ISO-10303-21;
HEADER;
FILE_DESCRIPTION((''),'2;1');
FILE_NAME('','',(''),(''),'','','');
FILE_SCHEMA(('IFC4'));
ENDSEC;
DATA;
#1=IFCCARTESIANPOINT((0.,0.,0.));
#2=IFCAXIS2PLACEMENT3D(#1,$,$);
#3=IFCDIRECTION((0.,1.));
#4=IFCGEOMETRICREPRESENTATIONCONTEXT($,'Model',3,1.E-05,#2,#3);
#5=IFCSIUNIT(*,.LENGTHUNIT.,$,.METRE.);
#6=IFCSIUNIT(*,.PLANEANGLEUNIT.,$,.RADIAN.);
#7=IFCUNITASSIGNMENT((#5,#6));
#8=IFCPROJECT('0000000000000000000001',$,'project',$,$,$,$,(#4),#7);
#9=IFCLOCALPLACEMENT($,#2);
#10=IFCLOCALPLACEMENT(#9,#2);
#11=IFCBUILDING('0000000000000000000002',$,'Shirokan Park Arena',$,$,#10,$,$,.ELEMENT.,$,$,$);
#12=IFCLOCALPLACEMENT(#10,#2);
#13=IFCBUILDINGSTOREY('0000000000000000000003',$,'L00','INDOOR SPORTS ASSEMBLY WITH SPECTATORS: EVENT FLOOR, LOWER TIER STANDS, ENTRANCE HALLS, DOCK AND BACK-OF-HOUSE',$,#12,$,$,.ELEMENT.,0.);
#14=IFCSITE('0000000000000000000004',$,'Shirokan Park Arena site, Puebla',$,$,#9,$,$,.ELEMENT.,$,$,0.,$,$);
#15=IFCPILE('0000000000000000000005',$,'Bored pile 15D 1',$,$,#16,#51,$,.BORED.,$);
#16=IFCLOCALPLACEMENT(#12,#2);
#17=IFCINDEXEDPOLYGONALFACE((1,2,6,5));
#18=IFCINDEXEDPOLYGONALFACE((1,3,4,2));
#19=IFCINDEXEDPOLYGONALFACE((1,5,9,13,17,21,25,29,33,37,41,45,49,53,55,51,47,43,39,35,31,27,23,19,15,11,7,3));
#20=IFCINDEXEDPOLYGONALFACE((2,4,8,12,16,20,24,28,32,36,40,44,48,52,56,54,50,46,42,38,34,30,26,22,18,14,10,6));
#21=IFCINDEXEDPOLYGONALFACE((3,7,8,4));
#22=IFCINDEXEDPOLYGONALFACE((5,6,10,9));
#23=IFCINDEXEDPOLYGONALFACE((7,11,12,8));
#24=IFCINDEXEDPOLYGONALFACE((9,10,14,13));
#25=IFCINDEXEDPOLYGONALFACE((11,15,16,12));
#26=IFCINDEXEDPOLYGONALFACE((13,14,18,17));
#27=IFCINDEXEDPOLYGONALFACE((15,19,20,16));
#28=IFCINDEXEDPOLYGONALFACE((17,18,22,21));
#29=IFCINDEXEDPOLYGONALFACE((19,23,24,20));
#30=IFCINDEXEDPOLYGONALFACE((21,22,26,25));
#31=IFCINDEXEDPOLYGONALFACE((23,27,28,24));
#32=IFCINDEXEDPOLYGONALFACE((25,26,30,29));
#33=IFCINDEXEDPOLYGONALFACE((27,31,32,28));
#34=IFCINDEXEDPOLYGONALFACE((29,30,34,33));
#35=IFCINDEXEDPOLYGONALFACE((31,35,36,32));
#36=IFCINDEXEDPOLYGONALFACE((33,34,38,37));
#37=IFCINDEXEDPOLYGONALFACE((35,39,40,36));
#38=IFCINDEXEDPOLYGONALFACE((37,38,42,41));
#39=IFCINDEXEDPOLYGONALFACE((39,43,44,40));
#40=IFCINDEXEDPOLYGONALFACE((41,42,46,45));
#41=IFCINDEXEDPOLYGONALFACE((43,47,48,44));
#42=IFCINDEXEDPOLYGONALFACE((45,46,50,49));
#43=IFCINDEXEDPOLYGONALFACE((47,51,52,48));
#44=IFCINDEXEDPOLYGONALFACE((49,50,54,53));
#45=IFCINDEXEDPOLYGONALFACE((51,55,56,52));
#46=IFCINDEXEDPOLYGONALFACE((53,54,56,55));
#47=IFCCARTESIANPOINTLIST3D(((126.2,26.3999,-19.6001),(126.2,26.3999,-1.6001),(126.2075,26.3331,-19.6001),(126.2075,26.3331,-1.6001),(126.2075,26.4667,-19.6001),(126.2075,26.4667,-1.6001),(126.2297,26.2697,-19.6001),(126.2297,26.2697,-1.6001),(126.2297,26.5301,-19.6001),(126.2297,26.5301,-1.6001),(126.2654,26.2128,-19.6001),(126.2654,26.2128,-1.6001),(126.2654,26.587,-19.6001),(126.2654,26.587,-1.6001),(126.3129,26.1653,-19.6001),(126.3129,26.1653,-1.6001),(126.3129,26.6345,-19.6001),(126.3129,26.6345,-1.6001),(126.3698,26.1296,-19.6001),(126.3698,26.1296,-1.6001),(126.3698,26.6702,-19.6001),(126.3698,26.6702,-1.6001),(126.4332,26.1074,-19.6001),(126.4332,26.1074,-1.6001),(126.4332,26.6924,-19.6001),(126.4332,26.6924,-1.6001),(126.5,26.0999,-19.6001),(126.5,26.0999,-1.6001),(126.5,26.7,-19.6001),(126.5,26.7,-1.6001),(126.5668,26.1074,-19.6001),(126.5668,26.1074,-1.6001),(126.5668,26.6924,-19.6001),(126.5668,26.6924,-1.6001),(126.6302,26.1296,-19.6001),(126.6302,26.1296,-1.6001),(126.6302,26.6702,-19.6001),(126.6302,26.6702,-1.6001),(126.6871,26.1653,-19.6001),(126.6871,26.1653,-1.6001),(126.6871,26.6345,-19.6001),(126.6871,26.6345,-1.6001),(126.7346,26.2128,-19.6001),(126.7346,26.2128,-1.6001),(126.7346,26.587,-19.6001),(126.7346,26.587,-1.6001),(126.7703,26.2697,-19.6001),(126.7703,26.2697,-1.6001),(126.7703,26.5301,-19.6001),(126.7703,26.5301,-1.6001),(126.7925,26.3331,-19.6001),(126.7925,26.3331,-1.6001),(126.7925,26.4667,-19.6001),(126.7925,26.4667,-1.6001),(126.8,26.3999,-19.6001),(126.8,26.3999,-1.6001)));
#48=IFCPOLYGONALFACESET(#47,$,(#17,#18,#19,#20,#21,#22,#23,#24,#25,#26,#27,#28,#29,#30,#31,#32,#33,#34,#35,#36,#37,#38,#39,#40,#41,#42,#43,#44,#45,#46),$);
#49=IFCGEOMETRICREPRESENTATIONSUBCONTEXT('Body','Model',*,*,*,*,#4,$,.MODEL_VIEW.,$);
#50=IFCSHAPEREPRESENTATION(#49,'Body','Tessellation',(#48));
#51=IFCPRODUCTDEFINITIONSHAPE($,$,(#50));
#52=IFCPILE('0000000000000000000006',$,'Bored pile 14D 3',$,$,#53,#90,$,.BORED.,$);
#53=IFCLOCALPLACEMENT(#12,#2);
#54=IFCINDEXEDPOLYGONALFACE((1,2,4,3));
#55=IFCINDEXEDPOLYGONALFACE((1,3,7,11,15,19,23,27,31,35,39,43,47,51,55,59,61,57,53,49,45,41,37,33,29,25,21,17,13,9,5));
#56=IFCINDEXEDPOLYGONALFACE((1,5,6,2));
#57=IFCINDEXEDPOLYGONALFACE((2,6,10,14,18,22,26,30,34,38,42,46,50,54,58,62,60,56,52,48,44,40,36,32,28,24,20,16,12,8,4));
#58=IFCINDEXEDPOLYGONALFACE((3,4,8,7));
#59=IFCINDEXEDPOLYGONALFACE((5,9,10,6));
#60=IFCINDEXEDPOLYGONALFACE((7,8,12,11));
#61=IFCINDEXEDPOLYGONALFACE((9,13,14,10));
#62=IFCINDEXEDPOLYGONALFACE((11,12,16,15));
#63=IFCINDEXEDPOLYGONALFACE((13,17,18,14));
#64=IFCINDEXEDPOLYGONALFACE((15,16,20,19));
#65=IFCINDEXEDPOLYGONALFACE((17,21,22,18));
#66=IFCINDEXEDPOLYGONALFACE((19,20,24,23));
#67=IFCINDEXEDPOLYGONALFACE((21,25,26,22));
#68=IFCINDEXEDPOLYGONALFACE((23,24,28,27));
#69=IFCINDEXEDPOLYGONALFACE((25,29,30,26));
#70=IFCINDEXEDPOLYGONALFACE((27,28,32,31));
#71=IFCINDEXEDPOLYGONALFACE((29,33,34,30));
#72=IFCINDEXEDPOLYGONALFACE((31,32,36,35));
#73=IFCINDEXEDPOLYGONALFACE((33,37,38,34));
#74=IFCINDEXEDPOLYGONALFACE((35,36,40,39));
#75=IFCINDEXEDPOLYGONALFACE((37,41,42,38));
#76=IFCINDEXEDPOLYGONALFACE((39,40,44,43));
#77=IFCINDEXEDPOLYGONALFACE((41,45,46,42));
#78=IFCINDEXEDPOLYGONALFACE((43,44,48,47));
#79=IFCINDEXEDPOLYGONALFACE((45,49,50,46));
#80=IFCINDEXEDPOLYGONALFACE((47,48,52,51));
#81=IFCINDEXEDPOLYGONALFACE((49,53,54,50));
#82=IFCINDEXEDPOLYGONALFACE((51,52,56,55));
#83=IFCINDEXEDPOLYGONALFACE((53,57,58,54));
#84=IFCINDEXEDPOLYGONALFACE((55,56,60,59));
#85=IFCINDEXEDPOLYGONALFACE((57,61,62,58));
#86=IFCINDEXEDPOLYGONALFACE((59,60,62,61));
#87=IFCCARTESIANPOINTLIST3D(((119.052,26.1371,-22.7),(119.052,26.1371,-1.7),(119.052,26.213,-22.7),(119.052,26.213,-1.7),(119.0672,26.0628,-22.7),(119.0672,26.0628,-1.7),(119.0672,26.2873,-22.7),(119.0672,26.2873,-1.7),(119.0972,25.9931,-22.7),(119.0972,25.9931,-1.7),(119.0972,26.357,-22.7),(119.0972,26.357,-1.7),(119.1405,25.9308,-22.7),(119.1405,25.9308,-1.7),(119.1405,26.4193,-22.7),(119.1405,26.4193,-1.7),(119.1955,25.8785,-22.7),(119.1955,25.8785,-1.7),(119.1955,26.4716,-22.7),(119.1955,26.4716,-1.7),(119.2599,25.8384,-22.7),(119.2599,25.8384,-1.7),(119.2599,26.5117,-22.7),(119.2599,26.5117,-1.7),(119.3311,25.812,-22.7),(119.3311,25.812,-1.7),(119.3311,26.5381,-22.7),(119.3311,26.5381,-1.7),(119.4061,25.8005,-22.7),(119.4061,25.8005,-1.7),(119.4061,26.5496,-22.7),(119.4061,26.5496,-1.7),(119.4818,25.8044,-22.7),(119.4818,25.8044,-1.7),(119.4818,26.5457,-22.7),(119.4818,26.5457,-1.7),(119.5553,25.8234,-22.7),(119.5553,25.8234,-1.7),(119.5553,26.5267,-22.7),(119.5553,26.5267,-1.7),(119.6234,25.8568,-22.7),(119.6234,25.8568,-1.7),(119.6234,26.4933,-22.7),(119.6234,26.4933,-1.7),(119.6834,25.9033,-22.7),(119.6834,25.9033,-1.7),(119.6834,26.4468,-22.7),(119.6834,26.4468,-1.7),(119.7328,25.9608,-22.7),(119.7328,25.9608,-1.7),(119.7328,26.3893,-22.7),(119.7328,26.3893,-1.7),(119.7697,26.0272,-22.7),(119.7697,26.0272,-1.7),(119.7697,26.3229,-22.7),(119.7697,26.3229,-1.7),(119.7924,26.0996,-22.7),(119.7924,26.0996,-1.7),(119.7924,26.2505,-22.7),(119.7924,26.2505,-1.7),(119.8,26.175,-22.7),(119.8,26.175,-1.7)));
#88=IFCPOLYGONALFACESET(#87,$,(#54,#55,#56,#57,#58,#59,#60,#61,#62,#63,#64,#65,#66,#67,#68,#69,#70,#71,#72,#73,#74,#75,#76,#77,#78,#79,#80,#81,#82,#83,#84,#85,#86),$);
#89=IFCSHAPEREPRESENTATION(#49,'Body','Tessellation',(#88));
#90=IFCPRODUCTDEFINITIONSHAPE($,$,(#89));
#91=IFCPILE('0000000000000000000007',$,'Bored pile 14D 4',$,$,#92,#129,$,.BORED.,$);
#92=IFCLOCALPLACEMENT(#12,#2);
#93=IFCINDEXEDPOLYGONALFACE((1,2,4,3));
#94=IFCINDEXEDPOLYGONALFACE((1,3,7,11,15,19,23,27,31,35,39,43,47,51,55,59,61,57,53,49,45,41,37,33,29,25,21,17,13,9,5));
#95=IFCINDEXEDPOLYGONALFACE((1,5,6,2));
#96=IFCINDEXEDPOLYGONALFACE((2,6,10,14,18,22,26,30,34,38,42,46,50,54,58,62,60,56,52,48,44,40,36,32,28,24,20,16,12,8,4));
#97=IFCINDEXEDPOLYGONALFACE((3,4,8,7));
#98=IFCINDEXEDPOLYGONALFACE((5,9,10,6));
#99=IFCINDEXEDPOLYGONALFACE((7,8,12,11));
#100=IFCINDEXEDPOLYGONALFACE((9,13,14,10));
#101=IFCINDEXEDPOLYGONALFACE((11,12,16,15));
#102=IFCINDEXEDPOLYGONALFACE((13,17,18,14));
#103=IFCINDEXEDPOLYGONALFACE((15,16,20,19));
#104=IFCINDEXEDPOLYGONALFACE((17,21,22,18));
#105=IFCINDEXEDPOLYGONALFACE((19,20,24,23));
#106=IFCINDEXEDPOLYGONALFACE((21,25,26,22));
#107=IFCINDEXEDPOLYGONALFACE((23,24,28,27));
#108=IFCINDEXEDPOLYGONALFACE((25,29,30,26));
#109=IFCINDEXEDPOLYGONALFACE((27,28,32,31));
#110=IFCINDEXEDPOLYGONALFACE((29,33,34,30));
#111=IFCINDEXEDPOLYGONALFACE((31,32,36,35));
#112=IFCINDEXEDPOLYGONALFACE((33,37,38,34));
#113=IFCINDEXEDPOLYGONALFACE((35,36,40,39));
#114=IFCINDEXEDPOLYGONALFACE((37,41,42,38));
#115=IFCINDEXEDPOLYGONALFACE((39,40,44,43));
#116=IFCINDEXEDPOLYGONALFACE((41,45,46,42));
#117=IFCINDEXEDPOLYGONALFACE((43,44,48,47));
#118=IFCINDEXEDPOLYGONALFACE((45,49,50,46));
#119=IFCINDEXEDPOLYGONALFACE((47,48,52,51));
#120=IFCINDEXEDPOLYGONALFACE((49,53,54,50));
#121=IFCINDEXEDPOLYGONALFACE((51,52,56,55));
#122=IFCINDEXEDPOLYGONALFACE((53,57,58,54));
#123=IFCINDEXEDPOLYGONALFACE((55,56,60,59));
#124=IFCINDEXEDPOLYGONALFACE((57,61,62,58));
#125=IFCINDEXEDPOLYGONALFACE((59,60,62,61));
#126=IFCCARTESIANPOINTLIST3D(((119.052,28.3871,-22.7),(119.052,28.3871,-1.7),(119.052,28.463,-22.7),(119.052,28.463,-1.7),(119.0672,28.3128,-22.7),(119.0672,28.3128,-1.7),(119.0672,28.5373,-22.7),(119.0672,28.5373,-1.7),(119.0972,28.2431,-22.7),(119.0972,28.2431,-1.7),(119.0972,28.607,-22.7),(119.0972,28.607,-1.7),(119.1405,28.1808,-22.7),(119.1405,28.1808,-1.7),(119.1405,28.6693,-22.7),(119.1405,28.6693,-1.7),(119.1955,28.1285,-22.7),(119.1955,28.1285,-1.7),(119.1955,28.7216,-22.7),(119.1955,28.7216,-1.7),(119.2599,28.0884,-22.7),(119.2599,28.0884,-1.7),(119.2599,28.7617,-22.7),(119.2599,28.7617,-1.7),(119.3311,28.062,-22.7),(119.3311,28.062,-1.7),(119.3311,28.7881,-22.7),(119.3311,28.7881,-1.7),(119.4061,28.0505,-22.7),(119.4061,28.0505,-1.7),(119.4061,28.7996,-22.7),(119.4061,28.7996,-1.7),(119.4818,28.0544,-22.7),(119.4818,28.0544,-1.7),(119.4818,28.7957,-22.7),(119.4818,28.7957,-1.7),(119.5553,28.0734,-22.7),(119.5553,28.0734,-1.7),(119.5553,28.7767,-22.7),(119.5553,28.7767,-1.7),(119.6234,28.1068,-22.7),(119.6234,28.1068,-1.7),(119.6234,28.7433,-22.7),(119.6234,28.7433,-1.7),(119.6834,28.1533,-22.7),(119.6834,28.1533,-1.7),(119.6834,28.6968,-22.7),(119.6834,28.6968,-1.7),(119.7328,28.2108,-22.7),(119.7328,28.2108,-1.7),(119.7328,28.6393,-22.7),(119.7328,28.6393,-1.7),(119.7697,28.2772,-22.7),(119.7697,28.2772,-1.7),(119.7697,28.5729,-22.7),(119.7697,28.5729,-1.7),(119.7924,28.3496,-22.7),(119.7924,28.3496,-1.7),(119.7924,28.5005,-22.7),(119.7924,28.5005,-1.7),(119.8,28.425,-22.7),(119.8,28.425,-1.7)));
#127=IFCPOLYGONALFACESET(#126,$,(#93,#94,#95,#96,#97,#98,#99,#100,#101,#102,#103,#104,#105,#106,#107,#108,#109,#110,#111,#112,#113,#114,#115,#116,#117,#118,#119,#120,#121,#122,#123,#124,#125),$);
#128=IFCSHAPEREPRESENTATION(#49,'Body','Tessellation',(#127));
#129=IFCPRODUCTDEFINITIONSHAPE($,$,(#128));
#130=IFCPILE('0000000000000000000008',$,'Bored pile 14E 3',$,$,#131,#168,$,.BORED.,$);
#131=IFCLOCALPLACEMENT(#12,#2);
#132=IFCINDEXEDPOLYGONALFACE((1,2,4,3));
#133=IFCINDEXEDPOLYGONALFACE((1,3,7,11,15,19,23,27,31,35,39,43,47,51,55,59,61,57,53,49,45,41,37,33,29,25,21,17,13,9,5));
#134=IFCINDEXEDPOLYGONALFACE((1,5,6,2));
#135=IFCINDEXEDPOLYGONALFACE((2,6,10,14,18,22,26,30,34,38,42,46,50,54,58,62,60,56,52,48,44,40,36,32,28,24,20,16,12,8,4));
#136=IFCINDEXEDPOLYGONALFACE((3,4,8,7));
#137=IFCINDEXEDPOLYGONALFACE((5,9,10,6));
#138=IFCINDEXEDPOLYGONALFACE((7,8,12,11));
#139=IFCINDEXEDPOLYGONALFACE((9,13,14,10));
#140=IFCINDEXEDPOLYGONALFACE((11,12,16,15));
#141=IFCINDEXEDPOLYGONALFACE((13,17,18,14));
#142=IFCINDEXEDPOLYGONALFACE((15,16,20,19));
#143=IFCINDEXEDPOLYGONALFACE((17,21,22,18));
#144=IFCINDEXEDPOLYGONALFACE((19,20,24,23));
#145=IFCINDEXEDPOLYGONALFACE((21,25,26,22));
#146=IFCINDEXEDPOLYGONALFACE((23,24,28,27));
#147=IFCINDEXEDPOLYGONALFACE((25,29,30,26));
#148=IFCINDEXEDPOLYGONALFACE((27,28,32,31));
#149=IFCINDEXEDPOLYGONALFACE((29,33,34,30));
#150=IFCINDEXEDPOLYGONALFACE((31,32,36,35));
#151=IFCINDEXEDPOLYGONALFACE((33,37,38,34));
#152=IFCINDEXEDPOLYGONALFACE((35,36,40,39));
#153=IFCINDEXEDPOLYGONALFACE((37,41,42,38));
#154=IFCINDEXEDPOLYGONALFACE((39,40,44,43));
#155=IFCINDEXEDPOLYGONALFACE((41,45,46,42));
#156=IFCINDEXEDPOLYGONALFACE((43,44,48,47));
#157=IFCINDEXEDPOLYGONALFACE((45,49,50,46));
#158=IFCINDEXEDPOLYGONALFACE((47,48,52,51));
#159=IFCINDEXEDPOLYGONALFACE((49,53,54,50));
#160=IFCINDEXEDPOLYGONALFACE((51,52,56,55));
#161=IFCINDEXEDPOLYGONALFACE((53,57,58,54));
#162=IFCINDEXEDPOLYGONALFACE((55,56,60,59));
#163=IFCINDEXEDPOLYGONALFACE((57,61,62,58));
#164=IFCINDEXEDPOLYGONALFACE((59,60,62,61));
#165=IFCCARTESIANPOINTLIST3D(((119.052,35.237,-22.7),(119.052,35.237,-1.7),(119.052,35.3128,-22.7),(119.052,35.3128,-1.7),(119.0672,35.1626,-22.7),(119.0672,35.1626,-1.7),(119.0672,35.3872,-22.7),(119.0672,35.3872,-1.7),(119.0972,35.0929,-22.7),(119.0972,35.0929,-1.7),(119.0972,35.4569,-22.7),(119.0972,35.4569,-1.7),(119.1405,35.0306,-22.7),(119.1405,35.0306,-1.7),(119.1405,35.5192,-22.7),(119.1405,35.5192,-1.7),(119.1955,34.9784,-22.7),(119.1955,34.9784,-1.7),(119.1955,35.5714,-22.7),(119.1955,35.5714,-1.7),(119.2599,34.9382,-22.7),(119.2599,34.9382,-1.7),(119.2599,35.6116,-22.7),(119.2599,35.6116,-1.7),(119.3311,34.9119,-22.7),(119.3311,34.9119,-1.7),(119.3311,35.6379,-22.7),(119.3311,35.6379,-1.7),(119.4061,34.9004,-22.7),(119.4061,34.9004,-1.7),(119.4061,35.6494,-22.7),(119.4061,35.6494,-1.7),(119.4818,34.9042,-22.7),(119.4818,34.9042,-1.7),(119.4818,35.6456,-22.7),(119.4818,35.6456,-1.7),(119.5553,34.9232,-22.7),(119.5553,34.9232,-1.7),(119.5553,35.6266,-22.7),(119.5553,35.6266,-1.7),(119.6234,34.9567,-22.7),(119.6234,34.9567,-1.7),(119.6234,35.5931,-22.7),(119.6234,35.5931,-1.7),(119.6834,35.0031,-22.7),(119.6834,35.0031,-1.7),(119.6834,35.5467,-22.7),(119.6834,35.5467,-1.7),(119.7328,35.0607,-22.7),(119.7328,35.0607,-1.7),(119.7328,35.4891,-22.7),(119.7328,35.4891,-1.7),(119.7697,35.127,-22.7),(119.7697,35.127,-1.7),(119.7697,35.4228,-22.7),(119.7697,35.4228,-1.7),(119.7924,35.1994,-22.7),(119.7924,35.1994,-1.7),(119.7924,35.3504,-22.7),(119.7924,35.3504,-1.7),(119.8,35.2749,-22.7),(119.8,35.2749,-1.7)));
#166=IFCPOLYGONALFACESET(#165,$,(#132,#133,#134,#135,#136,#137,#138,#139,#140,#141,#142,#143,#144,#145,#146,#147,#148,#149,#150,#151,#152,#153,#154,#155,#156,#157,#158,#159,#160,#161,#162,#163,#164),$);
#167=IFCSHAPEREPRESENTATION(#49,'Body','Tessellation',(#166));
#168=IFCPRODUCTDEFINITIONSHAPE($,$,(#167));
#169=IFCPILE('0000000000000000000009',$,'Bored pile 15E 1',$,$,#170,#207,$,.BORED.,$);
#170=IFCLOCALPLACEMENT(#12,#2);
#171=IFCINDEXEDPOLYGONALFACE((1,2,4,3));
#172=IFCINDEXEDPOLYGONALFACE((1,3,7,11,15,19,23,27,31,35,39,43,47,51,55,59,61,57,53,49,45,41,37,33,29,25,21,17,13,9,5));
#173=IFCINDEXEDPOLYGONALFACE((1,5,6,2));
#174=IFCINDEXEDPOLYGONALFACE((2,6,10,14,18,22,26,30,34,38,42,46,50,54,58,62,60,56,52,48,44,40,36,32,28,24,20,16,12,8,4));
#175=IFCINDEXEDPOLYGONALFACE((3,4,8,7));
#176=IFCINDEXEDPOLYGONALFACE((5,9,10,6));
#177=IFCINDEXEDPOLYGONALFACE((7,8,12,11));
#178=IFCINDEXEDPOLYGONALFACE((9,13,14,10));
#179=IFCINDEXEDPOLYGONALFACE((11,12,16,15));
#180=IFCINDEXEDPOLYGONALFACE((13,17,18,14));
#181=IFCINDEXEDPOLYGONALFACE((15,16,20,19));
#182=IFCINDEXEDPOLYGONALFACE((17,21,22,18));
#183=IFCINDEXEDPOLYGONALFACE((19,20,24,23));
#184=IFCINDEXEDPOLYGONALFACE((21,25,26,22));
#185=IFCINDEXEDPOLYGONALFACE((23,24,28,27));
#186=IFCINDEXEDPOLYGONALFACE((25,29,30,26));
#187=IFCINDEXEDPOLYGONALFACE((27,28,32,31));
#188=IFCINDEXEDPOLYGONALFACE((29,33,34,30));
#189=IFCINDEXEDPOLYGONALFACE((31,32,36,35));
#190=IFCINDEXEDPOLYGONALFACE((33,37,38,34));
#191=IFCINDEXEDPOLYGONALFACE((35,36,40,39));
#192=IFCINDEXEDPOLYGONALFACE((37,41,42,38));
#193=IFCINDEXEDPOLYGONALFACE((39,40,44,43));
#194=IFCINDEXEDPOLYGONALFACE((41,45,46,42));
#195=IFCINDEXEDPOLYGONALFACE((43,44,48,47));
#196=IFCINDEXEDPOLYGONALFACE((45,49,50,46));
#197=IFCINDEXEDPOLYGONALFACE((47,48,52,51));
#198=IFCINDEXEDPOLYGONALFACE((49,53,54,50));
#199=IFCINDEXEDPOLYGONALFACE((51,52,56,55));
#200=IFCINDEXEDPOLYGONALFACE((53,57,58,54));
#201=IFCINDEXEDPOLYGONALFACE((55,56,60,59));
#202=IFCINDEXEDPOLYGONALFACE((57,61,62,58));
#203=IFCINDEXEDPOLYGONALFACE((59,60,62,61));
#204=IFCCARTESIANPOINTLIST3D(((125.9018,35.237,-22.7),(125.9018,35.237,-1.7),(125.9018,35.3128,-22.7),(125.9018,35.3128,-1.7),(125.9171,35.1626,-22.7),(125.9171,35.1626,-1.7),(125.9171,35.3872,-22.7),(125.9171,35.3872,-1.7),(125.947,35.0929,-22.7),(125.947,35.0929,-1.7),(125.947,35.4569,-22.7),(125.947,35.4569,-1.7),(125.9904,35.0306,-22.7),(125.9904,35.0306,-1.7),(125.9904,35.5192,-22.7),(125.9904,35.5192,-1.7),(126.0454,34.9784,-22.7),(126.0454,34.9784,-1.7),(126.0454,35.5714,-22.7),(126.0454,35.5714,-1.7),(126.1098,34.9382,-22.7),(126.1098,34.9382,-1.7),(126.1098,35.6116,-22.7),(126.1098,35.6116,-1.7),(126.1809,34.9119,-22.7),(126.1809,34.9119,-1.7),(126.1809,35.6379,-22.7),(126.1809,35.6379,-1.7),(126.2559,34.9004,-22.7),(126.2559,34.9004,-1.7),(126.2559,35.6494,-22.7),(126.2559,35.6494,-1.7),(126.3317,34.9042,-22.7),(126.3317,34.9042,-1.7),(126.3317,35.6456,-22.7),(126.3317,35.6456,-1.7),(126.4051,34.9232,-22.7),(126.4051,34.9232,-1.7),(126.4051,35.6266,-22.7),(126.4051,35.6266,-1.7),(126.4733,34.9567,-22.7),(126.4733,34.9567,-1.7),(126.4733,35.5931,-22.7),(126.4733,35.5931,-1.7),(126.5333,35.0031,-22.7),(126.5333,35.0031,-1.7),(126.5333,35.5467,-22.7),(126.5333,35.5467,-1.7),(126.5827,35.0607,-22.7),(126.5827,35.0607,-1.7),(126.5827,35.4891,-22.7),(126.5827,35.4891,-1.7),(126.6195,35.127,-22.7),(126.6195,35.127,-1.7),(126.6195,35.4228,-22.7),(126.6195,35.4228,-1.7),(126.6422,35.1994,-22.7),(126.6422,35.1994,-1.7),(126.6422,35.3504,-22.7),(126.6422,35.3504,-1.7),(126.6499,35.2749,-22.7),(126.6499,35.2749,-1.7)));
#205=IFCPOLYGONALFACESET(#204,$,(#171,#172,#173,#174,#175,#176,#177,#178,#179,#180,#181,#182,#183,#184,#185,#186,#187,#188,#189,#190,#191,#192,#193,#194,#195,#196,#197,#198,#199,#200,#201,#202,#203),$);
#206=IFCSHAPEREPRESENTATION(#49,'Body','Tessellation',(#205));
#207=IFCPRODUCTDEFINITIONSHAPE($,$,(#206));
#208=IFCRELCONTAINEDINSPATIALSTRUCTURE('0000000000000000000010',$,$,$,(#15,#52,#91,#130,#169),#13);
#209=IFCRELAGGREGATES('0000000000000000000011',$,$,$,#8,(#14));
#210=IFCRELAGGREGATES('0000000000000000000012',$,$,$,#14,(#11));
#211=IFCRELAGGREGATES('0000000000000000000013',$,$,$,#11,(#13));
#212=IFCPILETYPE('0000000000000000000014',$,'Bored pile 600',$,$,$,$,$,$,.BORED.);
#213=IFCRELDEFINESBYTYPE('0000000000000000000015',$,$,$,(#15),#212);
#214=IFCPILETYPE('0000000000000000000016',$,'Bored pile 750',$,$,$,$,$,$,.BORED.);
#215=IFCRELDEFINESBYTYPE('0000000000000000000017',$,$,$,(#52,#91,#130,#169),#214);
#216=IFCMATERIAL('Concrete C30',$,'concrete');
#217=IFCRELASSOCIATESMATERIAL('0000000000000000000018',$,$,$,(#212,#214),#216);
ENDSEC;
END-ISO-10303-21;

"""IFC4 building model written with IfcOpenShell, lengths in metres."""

from ifc_helpers import new_model, si_unit, direction, frame, origin, origin_2d, place, context, subcontext, project, spatial, circle, extrude, material, material_profile, profile_set, type_object, element, save


model = new_model("IFC4")

# Units and contexts
model_context = context("Model", 3, precision=1e-05, world=origin(), true_north=direction((0.0, 1.0)))
body_context = subcontext(model_context, "Body", "Model", "MODEL_VIEW")
ifc_project = project(units=[si_unit("LENGTHUNIT", "METRE"), si_unit("PLANEANGLEUNIT", "RADIAN")], contexts=[model_context])

# Site, building, storey
site_placement = place(None, origin())
site = spatial("IfcSite", under=ifc_project, at=site_placement, Name="Shirokan Park Arena site, Puebla", CompositionType="ELEMENT", RefElevation=0.0)
building_placement = place(site_placement, origin())
building = spatial("IfcBuilding", under=site, at=building_placement, Name="Shirokan Park Arena", CompositionType="ELEMENT")
storey_placement = place(building_placement, origin())
storey = spatial("IfcBuildingStorey", under=building, at=storey_placement, Name="L00", Description="INDOOR SPORTS ASSEMBLY WITH SPECTATORS: EVENT FLOOR, LOWER TIER STANDS, ENTRANCE HALLS, DOCK AND BACK-OF-HOUSE", CompositionType="ELEMENT", Elevation=0.0)

# Piles
ifc_material_1 = material(Name="Concrete C30", Category="concrete")
ifc_material_profile_1 = material_profile(ifc_material_1, circle(Radius=0.3, at=origin_2d()), Name="D600")
ifc_profile_set_1 = profile_set([ifc_material_profile_1], Name="Concrete C30")
pile_type_1 = type_object("IfcPileType", Name="Bored pile 600", PredefinedType="BORED", material=ifc_profile_set_1)
pile_placement = place(storey_placement, frame((126.5, 26.3999, -1.6001), z_axis=(0.0, 0.0, -1.0), x_axis=(1.0, 0.0, 0.0)))
element("IfcPile", 1, at=pile_placement, inside=storey, type_object=pile_type_1, Name="Bored pile 15D 1", PredefinedType="BORED", context=body_context, shape_type="SweptSolid", body=[
    extrude(circle(Radius=0.3, at=origin_2d()), origin(), (0.0, 0.0, 1.0), 18.0),
])
ifc_material_profile_2 = material_profile(ifc_material_1, circle(Radius=0.375, at=origin_2d()), Name="D750")
ifc_profile_set_2 = profile_set([ifc_material_profile_2], Name="Concrete C30")
pile_type_2 = type_object("IfcPileType", Name="Bored pile 750", PredefinedType="BORED", material=ifc_profile_set_2)
for number, where, z_axis, x_axis, name in (
    (2, (119.425, 26.175, -1.7), (0.0, 0.0, -1.0), (1.0, 0.0, 0.0), "Bored pile 14D 3"),
    (3, (119.425, 28.425, -1.7), (0.0, 0.0, -1.0), (1.0, 0.0, 0.0), "Bored pile 14D 4"),
    (4, (119.425, 35.2749, -1.7), (0.0, 0.0, -1.0), (1.0, 0.0, 0.0), "Bored pile 14E 3"),
    (5, (126.2749, 35.2749, -1.7), (0.0, 0.0, -1.0), (1.0, 0.0, 0.0), "Bored pile 15E 1"),
):
    element("IfcPile", number, at=place(storey_placement, frame(where, z_axis=z_axis, x_axis=x_axis)), inside=storey, type_object=pile_type_2, Name=name, PredefinedType="BORED", context=body_context, shape_type="SweptSolid", body=[
        extrude(circle(Radius=0.375, at=origin_2d()), origin(), (0.0, 0.0, 1.0), 21.0),
    ])

save(model, "model.ifc")
